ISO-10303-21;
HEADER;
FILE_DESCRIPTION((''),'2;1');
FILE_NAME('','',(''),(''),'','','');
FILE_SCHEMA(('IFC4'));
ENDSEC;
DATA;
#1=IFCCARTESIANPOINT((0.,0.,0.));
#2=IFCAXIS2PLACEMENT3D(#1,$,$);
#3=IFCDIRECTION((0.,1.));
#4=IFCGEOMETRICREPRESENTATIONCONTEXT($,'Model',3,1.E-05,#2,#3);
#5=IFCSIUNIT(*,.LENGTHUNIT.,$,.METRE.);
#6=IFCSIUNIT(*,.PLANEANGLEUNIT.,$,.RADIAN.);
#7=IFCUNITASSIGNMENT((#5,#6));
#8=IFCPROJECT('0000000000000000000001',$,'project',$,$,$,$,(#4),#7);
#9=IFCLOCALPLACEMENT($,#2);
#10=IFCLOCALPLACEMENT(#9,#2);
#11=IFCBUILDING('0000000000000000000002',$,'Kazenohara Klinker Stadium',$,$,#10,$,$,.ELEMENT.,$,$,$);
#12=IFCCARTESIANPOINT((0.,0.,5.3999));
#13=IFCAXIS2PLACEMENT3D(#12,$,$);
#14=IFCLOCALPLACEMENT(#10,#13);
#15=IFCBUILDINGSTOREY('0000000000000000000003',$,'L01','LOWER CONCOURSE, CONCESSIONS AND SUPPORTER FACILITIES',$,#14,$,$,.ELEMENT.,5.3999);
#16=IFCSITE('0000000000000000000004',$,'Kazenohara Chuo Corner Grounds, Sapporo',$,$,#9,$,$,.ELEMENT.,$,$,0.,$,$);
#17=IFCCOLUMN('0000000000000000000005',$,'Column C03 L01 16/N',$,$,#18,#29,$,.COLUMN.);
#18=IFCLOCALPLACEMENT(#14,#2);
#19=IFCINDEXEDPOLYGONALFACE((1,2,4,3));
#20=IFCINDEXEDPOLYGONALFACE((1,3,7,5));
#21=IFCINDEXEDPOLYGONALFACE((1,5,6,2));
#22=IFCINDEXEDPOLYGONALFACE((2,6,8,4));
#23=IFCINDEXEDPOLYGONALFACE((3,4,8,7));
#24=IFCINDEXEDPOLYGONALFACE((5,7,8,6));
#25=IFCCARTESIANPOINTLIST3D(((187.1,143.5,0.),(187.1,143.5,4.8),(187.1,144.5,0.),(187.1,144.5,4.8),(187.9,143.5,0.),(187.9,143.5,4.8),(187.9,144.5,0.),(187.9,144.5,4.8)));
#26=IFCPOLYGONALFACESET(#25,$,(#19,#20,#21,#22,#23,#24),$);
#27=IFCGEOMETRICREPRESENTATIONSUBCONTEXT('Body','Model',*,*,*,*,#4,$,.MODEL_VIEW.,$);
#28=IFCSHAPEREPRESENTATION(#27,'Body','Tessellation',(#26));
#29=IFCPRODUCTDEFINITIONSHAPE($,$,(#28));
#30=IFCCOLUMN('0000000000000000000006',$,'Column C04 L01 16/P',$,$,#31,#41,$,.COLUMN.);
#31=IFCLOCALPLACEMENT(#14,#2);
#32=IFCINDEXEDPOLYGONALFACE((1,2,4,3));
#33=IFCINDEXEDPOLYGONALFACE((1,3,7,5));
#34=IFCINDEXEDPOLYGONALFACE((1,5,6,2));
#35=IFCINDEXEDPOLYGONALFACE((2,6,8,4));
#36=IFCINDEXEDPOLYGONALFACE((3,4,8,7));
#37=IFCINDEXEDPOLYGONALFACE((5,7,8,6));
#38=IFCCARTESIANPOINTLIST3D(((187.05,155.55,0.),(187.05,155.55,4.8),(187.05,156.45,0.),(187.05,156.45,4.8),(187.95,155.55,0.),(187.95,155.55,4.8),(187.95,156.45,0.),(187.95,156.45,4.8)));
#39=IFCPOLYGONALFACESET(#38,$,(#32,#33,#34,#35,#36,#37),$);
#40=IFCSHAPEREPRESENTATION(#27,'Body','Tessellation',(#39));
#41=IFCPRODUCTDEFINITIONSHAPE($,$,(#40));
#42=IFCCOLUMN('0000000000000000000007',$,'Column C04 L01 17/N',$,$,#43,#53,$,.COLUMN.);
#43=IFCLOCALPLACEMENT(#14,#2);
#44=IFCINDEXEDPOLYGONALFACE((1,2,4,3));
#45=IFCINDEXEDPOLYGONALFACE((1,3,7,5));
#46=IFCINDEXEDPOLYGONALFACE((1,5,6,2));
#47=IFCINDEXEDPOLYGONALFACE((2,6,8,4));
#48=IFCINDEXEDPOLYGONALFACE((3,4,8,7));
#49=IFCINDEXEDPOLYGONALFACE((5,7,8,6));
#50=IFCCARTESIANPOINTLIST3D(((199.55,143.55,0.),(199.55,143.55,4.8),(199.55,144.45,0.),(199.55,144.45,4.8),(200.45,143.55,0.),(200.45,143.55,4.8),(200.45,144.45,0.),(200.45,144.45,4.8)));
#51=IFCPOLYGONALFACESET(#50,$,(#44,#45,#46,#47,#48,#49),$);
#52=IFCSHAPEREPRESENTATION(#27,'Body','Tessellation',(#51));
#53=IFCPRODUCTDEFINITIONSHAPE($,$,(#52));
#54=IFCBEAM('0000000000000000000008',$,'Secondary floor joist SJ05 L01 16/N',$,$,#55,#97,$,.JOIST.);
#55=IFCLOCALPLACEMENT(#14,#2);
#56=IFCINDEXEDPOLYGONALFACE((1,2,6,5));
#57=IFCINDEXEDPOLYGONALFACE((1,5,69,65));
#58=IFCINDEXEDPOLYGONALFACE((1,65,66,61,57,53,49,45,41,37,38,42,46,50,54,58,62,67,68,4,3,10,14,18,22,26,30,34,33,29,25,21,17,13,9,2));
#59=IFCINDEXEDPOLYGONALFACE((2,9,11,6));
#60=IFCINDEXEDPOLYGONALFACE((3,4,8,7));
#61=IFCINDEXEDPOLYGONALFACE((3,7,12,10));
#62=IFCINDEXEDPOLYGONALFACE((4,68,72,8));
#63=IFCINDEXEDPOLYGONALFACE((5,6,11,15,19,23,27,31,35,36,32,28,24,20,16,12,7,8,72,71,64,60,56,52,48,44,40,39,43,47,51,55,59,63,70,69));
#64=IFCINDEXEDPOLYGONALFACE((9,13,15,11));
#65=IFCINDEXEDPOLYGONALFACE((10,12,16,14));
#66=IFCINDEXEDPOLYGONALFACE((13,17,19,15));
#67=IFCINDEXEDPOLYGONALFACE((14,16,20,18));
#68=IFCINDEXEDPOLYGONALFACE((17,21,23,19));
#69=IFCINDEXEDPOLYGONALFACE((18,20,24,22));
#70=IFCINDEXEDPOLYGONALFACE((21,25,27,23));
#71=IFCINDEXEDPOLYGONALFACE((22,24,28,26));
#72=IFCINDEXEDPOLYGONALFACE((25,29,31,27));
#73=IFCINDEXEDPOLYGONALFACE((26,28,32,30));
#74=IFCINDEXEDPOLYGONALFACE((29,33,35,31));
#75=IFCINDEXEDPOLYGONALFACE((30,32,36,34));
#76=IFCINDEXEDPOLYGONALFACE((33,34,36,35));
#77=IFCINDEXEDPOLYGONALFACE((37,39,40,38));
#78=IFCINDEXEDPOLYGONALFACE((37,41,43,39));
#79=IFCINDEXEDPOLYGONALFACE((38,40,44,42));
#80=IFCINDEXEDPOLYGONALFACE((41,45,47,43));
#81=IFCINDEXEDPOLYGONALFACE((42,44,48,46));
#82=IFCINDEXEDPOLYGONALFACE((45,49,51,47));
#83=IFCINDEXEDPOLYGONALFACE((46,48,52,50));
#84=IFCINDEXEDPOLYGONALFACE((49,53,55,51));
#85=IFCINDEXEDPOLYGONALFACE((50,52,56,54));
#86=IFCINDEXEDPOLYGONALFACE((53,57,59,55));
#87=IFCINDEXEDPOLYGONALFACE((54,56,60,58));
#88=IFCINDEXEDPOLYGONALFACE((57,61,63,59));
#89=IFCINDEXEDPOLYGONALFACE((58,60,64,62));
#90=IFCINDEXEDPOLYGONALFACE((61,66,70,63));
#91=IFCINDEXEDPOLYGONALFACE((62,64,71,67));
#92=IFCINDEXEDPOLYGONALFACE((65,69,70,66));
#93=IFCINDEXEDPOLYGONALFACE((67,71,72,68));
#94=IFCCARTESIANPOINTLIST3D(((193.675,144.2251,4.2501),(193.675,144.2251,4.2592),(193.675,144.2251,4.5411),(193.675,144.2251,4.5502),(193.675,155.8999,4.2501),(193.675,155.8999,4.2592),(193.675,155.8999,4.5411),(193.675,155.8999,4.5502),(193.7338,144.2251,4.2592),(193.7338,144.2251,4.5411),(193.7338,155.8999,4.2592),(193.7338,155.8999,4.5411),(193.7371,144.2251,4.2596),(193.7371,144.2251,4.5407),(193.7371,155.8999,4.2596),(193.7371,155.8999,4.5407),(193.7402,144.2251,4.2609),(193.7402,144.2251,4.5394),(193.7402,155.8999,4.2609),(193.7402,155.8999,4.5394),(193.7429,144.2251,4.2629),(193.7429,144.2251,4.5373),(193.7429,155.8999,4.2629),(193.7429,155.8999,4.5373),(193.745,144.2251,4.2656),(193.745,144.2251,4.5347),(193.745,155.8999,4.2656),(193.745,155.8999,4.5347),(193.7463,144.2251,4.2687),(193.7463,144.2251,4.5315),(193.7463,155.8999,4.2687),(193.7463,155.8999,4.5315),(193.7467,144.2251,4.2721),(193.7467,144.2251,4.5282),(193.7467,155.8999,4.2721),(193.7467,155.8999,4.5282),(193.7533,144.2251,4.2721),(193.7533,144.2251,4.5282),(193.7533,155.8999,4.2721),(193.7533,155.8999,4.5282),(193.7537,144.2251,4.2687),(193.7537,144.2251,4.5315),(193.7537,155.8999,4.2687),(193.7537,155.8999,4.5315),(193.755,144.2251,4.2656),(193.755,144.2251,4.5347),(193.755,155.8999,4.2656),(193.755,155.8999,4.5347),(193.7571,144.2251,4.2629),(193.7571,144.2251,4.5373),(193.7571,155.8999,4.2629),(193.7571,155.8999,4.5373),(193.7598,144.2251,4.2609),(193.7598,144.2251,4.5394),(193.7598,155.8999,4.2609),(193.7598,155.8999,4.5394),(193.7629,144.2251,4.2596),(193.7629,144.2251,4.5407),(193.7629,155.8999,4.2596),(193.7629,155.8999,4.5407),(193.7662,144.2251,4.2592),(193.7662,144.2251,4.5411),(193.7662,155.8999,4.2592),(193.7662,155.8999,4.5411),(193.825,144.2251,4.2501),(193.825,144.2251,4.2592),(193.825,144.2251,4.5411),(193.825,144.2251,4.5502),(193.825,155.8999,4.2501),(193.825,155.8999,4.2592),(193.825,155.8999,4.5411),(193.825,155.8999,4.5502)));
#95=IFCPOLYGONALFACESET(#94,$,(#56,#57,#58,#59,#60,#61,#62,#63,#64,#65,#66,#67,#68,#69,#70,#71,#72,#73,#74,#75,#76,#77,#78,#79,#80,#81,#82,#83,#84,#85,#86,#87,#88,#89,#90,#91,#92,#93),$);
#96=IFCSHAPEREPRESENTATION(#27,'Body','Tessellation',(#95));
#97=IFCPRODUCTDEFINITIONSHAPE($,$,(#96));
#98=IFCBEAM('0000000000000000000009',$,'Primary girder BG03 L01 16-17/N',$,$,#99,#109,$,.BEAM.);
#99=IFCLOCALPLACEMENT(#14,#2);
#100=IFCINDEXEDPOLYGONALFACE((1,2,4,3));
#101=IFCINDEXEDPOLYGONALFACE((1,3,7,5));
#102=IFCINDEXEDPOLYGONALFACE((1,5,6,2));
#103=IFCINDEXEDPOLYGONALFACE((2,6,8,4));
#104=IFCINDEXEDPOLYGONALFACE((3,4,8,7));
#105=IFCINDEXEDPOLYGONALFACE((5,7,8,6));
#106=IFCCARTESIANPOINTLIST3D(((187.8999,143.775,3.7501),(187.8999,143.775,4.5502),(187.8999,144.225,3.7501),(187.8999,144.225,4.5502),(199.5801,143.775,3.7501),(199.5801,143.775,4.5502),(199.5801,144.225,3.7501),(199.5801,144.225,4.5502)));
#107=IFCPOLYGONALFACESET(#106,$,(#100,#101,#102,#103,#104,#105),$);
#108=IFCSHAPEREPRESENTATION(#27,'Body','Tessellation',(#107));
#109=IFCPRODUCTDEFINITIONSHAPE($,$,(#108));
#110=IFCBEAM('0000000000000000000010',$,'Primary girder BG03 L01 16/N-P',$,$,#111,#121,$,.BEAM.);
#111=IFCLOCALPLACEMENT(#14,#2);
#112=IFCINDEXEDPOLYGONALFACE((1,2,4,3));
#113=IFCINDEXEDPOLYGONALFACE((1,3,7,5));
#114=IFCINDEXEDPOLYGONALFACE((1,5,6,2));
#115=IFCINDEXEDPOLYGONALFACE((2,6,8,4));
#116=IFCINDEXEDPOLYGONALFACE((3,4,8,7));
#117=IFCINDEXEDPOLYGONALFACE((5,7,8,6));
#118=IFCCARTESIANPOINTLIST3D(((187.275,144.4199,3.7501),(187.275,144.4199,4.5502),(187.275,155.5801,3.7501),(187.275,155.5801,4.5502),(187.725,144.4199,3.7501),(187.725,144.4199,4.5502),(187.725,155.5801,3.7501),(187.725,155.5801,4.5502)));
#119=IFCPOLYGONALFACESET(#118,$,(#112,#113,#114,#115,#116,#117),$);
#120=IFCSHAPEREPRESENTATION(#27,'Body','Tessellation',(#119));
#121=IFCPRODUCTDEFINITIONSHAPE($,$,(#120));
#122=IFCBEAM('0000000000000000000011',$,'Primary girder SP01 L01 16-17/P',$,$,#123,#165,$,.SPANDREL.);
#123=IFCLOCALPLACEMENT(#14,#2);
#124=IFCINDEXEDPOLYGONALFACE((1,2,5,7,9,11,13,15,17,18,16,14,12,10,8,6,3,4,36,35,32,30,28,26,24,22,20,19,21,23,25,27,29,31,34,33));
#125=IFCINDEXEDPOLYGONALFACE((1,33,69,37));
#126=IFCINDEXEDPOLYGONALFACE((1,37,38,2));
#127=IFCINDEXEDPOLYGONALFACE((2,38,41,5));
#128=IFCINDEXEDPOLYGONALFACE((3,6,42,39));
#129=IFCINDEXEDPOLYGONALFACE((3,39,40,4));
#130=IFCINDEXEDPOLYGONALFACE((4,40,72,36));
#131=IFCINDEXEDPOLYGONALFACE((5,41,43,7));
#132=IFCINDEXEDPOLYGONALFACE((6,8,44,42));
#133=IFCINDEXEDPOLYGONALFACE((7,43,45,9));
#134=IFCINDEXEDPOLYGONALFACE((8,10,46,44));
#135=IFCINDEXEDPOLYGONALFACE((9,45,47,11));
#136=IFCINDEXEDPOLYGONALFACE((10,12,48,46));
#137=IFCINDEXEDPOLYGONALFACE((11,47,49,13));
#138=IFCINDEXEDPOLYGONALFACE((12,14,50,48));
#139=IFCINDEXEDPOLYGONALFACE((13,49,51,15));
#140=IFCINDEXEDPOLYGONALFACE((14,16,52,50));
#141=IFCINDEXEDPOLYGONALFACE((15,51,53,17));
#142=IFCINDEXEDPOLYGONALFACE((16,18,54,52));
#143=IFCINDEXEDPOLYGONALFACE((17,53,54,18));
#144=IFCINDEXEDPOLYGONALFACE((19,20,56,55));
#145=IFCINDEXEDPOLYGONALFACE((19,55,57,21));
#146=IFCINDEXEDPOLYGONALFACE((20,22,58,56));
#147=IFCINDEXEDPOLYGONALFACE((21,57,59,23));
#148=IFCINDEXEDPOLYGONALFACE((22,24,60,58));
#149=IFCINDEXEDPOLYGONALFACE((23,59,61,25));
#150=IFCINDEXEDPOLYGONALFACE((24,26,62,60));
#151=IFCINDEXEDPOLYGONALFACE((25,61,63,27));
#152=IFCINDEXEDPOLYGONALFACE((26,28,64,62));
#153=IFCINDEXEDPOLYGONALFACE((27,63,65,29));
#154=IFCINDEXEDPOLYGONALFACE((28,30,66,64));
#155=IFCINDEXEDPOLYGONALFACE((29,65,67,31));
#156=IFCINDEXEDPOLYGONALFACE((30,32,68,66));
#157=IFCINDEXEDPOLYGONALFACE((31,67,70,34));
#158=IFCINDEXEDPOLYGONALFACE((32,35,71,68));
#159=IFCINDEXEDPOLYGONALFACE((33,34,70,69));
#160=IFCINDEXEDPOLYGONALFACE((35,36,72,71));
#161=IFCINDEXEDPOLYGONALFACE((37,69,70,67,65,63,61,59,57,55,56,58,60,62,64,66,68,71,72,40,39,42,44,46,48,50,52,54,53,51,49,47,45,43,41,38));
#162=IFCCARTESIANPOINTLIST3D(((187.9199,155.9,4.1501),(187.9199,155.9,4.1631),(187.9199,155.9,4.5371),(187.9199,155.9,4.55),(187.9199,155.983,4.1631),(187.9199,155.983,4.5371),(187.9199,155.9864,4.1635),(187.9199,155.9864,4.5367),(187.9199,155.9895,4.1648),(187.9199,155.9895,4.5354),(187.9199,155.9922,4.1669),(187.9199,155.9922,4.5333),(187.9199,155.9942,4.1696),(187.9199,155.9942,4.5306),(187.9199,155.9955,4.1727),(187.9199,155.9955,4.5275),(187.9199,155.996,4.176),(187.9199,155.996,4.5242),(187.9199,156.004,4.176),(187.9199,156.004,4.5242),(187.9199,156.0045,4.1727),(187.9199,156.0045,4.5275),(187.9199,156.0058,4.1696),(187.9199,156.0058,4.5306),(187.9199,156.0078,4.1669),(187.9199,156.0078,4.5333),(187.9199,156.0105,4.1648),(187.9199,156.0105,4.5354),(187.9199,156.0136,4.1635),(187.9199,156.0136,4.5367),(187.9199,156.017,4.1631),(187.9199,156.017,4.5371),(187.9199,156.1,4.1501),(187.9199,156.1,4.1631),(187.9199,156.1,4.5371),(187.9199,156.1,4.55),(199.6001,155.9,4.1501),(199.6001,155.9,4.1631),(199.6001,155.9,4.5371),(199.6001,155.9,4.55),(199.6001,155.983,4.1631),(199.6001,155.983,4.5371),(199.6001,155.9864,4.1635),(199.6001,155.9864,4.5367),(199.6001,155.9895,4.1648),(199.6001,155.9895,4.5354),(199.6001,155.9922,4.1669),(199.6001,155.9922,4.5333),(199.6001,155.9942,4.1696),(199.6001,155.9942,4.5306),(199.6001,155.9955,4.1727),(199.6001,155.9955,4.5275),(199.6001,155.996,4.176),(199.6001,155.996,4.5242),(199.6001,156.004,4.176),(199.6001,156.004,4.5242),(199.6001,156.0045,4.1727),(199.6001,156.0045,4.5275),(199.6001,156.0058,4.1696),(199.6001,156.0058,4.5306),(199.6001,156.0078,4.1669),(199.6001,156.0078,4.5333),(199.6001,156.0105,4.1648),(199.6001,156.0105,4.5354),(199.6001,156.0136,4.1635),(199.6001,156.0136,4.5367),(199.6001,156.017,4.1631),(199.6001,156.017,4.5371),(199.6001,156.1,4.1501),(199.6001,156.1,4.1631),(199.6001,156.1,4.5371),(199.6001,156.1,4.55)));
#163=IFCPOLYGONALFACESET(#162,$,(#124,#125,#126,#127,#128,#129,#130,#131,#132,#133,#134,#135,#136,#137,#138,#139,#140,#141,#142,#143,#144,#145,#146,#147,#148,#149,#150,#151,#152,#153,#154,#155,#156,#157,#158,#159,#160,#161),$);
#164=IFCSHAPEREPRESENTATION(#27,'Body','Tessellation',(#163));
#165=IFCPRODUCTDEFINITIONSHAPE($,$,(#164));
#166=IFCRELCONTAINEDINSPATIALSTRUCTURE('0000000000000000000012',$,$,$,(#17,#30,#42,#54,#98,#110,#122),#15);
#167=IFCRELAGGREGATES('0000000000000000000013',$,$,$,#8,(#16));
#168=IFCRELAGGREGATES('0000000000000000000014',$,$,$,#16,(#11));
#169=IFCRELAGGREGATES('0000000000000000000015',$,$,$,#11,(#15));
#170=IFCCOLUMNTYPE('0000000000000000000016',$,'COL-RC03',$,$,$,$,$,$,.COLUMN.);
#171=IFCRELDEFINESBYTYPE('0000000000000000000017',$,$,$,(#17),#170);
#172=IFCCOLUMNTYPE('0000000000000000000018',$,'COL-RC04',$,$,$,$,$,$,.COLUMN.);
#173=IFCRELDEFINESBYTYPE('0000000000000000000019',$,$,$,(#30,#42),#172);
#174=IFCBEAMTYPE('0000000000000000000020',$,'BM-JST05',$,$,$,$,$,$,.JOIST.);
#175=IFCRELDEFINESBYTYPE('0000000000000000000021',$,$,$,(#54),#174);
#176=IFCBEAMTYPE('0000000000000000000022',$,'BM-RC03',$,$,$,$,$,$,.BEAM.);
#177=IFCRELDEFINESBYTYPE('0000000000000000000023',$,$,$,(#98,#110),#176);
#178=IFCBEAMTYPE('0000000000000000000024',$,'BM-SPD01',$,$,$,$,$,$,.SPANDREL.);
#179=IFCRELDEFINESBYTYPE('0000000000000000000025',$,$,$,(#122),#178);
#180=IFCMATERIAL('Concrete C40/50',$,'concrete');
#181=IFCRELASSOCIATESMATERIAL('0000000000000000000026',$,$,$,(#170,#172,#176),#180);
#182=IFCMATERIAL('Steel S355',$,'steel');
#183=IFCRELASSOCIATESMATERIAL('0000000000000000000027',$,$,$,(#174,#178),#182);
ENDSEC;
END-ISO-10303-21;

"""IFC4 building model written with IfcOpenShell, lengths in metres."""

from ifc_helpers import new_model, si_unit, direction, frame, origin, origin_2d, place, context, subcontext, project, spatial, rectangle, i_section, extrude, material, material_profile, profile_set, type_object, element, save


model = new_model("IFC4")

# Units and contexts
model_context = context("Model", 3, precision=1e-05, world=origin(), true_north=direction((0.0, 1.0)))
body_context = subcontext(model_context, "Body", "Model", "MODEL_VIEW")
ifc_project = project(units=[si_unit("LENGTHUNIT", "METRE"), si_unit("PLANEANGLEUNIT", "RADIAN")], contexts=[model_context])

# Site, building, storey
site_placement = place(None, origin())
site = spatial("IfcSite", under=ifc_project, at=site_placement, Name="Kazenohara Chuo Corner Grounds, Sapporo", CompositionType="ELEMENT", RefElevation=0.0)
building_placement = place(site_placement, origin())
building = spatial("IfcBuilding", under=site, at=building_placement, Name="Kazenohara Klinker Stadium", CompositionType="ELEMENT")
storey_placement = place(building_placement, frame((0.0, 0.0, 5.3999)))
storey = spatial("IfcBuildingStorey", under=building, at=storey_placement, Name="L01", Description="LOWER CONCOURSE, CONCESSIONS AND SUPPORTER FACILITIES", CompositionType="ELEMENT", Elevation=5.3999)

# Columns
ifc_material_1 = material(Name="Concrete C40/50", Category="concrete")
ifc_material_profile_1 = material_profile(ifc_material_1, rectangle(XDim=0.8, YDim=1.0, at=origin_2d()), Name="RC-COL-1000x800")
ifc_profile_set_1 = profile_set([ifc_material_profile_1], Name="Concrete C40/50")
column_type_1 = type_object("IfcColumnType", Name="COL-RC03", PredefinedType="COLUMN", material=ifc_profile_set_1)
column_placement = place(storey_placement, frame((187.5, 144.0, 0.0), z_axis=(0.0, 0.0, 1.0), x_axis=(1.0, 0.0, 0.0)))
element("IfcColumn", 1, at=column_placement, inside=storey, type_object=column_type_1, Name="Column C03 L01 16/N", PredefinedType="COLUMN", context=body_context, shape_type="SweptSolid", body=[
    extrude(rectangle(XDim=0.8, YDim=1.0, at=origin_2d()), origin(), (0.0, 0.0, 1.0), 4.8),
])
ifc_material_profile_2 = material_profile(ifc_material_1, rectangle(XDim=0.8999, YDim=0.8999, at=origin_2d()), Name="RC-COL-900x900")
ifc_profile_set_2 = profile_set([ifc_material_profile_2], Name="Concrete C40/50")
column_type_2 = type_object("IfcColumnType", Name="COL-RC04", PredefinedType="COLUMN", material=ifc_profile_set_2)
for number, where, z_axis, x_axis, name in (
    (2, (187.5, 156.0, 0.0), (0.0, 0.0, 1.0), (1.0, 0.0, 0.0), "Column C04 L01 16/P"),
    (3, (200.0, 144.0, 0.0), (0.0, 0.0, 1.0), (1.0, 0.0, 0.0), "Column C04 L01 17/N"),
):
    element("IfcColumn", number, at=place(storey_placement, frame(where, z_axis=z_axis, x_axis=x_axis)), inside=storey, type_object=column_type_2, Name=name, PredefinedType="COLUMN", context=body_context, shape_type="SweptSolid", body=[
        extrude(rectangle(XDim=0.8999, YDim=0.8999, at=origin_2d()), origin(), (0.0, 0.0, 1.0), 4.8),
    ])

# Beams
ifc_material_2 = material(Name="Steel S355", Category="steel")
ifc_material_profile_3 = material_profile(ifc_material_2, i_section(OverallWidth=0.1499, OverallDepth=0.3, WebThickness=0.0066, FlangeThickness=0.009, FilletRadius=0.0129, at=origin_2d()), Name="H-300x150x6.5x9")
ifc_profile_set_3 = profile_set([ifc_material_profile_3], Name="Steel S355")
beam_type_1 = type_object("IfcBeamType", Name="BM-JST05", PredefinedType="JOIST", material=ifc_profile_set_3)
beam_1_placement = place(storey_placement, frame((193.75, 144.2251, 4.4001), z_axis=(0.0, 1.0, 0.0), x_axis=(-1.0, 0.0, 0.0)))
element("IfcBeam", 4, at=beam_1_placement, inside=storey, type_object=beam_type_1, Name="Secondary floor joist SJ05 L01 16/N", PredefinedType="JOIST", context=body_context, shape_type="SweptSolid", body=[
    extrude(i_section(OverallWidth=0.1499, OverallDepth=0.3, WebThickness=0.0066, FlangeThickness=0.009, FilletRadius=0.0129, at=origin_2d()), origin(), (0.0, 0.0, 1.0), 11.6748),
])
ifc_material_profile_4 = material_profile(ifc_material_1, rectangle(XDim=0.45, YDim=0.8, at=origin_2d()), Name="RC-BM-450x800")
ifc_profile_set_4 = profile_set([ifc_material_profile_4], Name="Concrete C40/50")
beam_type_2 = type_object("IfcBeamType", Name="BM-RC03", PredefinedType="BEAM", material=ifc_profile_set_4)
beam_2_placement = place(storey_placement, frame((187.8999, 144.0, 4.1501), z_axis=(1.0, 0.0, 0.0), x_axis=(0.0, 1.0, 0.0)))
element("IfcBeam", 5, at=beam_2_placement, inside=storey, type_object=beam_type_2, Name="Primary girder BG03 L01 16-17/N", PredefinedType="BEAM", context=body_context, shape_type="SweptSolid", body=[
    extrude(rectangle(XDim=0.45, YDim=0.8, at=origin_2d()), origin(), (0.0, 0.0, 1.0), 11.6802),
])
beam_3_placement = place(storey_placement, frame((187.5, 144.4199, 4.1501), z_axis=(0.0, 1.0, 0.0), x_axis=(-1.0, 0.0, 0.0)))
element("IfcBeam", 6, at=beam_3_placement, inside=storey, type_object=beam_type_2, Name="Primary girder BG03 L01 16/N-P", PredefinedType="BEAM", context=body_context, shape_type="SweptSolid", body=[
    extrude(rectangle(XDim=0.45, YDim=0.8, at=origin_2d()), origin(), (0.0, 0.0, 1.0), 11.1602),
])
ifc_material_profile_5 = material_profile(ifc_material_2, i_section(OverallWidth=0.2, OverallDepth=0.3999, WebThickness=0.0081, FlangeThickness=0.0129, FilletRadius=0.0129, at=origin_2d()), Name="H-400x200x8x13")
ifc_profile_set_5 = profile_set([ifc_material_profile_5], Name="Steel S355")
beam_type_3 = type_object("IfcBeamType", Name="BM-SPD01", PredefinedType="SPANDREL", material=ifc_profile_set_5)
beam_4_placement = place(storey_placement, frame((187.9199, 156.0, 4.3501), z_axis=(1.0, 0.0, 0.0), x_axis=(0.0, 1.0, 0.0)))
element("IfcBeam", 7, at=beam_4_placement, inside=storey, type_object=beam_type_3, Name="Primary girder SP01 L01 16-17/P", PredefinedType="SPANDREL", context=body_context, shape_type="SweptSolid", body=[
    extrude(i_section(OverallWidth=0.2, OverallDepth=0.3999, WebThickness=0.0081, FlangeThickness=0.0129, FilletRadius=0.0129, at=origin_2d()), origin(), (0.0, 0.0, 1.0), 11.6802),
])

save(model, "model.ifc")
